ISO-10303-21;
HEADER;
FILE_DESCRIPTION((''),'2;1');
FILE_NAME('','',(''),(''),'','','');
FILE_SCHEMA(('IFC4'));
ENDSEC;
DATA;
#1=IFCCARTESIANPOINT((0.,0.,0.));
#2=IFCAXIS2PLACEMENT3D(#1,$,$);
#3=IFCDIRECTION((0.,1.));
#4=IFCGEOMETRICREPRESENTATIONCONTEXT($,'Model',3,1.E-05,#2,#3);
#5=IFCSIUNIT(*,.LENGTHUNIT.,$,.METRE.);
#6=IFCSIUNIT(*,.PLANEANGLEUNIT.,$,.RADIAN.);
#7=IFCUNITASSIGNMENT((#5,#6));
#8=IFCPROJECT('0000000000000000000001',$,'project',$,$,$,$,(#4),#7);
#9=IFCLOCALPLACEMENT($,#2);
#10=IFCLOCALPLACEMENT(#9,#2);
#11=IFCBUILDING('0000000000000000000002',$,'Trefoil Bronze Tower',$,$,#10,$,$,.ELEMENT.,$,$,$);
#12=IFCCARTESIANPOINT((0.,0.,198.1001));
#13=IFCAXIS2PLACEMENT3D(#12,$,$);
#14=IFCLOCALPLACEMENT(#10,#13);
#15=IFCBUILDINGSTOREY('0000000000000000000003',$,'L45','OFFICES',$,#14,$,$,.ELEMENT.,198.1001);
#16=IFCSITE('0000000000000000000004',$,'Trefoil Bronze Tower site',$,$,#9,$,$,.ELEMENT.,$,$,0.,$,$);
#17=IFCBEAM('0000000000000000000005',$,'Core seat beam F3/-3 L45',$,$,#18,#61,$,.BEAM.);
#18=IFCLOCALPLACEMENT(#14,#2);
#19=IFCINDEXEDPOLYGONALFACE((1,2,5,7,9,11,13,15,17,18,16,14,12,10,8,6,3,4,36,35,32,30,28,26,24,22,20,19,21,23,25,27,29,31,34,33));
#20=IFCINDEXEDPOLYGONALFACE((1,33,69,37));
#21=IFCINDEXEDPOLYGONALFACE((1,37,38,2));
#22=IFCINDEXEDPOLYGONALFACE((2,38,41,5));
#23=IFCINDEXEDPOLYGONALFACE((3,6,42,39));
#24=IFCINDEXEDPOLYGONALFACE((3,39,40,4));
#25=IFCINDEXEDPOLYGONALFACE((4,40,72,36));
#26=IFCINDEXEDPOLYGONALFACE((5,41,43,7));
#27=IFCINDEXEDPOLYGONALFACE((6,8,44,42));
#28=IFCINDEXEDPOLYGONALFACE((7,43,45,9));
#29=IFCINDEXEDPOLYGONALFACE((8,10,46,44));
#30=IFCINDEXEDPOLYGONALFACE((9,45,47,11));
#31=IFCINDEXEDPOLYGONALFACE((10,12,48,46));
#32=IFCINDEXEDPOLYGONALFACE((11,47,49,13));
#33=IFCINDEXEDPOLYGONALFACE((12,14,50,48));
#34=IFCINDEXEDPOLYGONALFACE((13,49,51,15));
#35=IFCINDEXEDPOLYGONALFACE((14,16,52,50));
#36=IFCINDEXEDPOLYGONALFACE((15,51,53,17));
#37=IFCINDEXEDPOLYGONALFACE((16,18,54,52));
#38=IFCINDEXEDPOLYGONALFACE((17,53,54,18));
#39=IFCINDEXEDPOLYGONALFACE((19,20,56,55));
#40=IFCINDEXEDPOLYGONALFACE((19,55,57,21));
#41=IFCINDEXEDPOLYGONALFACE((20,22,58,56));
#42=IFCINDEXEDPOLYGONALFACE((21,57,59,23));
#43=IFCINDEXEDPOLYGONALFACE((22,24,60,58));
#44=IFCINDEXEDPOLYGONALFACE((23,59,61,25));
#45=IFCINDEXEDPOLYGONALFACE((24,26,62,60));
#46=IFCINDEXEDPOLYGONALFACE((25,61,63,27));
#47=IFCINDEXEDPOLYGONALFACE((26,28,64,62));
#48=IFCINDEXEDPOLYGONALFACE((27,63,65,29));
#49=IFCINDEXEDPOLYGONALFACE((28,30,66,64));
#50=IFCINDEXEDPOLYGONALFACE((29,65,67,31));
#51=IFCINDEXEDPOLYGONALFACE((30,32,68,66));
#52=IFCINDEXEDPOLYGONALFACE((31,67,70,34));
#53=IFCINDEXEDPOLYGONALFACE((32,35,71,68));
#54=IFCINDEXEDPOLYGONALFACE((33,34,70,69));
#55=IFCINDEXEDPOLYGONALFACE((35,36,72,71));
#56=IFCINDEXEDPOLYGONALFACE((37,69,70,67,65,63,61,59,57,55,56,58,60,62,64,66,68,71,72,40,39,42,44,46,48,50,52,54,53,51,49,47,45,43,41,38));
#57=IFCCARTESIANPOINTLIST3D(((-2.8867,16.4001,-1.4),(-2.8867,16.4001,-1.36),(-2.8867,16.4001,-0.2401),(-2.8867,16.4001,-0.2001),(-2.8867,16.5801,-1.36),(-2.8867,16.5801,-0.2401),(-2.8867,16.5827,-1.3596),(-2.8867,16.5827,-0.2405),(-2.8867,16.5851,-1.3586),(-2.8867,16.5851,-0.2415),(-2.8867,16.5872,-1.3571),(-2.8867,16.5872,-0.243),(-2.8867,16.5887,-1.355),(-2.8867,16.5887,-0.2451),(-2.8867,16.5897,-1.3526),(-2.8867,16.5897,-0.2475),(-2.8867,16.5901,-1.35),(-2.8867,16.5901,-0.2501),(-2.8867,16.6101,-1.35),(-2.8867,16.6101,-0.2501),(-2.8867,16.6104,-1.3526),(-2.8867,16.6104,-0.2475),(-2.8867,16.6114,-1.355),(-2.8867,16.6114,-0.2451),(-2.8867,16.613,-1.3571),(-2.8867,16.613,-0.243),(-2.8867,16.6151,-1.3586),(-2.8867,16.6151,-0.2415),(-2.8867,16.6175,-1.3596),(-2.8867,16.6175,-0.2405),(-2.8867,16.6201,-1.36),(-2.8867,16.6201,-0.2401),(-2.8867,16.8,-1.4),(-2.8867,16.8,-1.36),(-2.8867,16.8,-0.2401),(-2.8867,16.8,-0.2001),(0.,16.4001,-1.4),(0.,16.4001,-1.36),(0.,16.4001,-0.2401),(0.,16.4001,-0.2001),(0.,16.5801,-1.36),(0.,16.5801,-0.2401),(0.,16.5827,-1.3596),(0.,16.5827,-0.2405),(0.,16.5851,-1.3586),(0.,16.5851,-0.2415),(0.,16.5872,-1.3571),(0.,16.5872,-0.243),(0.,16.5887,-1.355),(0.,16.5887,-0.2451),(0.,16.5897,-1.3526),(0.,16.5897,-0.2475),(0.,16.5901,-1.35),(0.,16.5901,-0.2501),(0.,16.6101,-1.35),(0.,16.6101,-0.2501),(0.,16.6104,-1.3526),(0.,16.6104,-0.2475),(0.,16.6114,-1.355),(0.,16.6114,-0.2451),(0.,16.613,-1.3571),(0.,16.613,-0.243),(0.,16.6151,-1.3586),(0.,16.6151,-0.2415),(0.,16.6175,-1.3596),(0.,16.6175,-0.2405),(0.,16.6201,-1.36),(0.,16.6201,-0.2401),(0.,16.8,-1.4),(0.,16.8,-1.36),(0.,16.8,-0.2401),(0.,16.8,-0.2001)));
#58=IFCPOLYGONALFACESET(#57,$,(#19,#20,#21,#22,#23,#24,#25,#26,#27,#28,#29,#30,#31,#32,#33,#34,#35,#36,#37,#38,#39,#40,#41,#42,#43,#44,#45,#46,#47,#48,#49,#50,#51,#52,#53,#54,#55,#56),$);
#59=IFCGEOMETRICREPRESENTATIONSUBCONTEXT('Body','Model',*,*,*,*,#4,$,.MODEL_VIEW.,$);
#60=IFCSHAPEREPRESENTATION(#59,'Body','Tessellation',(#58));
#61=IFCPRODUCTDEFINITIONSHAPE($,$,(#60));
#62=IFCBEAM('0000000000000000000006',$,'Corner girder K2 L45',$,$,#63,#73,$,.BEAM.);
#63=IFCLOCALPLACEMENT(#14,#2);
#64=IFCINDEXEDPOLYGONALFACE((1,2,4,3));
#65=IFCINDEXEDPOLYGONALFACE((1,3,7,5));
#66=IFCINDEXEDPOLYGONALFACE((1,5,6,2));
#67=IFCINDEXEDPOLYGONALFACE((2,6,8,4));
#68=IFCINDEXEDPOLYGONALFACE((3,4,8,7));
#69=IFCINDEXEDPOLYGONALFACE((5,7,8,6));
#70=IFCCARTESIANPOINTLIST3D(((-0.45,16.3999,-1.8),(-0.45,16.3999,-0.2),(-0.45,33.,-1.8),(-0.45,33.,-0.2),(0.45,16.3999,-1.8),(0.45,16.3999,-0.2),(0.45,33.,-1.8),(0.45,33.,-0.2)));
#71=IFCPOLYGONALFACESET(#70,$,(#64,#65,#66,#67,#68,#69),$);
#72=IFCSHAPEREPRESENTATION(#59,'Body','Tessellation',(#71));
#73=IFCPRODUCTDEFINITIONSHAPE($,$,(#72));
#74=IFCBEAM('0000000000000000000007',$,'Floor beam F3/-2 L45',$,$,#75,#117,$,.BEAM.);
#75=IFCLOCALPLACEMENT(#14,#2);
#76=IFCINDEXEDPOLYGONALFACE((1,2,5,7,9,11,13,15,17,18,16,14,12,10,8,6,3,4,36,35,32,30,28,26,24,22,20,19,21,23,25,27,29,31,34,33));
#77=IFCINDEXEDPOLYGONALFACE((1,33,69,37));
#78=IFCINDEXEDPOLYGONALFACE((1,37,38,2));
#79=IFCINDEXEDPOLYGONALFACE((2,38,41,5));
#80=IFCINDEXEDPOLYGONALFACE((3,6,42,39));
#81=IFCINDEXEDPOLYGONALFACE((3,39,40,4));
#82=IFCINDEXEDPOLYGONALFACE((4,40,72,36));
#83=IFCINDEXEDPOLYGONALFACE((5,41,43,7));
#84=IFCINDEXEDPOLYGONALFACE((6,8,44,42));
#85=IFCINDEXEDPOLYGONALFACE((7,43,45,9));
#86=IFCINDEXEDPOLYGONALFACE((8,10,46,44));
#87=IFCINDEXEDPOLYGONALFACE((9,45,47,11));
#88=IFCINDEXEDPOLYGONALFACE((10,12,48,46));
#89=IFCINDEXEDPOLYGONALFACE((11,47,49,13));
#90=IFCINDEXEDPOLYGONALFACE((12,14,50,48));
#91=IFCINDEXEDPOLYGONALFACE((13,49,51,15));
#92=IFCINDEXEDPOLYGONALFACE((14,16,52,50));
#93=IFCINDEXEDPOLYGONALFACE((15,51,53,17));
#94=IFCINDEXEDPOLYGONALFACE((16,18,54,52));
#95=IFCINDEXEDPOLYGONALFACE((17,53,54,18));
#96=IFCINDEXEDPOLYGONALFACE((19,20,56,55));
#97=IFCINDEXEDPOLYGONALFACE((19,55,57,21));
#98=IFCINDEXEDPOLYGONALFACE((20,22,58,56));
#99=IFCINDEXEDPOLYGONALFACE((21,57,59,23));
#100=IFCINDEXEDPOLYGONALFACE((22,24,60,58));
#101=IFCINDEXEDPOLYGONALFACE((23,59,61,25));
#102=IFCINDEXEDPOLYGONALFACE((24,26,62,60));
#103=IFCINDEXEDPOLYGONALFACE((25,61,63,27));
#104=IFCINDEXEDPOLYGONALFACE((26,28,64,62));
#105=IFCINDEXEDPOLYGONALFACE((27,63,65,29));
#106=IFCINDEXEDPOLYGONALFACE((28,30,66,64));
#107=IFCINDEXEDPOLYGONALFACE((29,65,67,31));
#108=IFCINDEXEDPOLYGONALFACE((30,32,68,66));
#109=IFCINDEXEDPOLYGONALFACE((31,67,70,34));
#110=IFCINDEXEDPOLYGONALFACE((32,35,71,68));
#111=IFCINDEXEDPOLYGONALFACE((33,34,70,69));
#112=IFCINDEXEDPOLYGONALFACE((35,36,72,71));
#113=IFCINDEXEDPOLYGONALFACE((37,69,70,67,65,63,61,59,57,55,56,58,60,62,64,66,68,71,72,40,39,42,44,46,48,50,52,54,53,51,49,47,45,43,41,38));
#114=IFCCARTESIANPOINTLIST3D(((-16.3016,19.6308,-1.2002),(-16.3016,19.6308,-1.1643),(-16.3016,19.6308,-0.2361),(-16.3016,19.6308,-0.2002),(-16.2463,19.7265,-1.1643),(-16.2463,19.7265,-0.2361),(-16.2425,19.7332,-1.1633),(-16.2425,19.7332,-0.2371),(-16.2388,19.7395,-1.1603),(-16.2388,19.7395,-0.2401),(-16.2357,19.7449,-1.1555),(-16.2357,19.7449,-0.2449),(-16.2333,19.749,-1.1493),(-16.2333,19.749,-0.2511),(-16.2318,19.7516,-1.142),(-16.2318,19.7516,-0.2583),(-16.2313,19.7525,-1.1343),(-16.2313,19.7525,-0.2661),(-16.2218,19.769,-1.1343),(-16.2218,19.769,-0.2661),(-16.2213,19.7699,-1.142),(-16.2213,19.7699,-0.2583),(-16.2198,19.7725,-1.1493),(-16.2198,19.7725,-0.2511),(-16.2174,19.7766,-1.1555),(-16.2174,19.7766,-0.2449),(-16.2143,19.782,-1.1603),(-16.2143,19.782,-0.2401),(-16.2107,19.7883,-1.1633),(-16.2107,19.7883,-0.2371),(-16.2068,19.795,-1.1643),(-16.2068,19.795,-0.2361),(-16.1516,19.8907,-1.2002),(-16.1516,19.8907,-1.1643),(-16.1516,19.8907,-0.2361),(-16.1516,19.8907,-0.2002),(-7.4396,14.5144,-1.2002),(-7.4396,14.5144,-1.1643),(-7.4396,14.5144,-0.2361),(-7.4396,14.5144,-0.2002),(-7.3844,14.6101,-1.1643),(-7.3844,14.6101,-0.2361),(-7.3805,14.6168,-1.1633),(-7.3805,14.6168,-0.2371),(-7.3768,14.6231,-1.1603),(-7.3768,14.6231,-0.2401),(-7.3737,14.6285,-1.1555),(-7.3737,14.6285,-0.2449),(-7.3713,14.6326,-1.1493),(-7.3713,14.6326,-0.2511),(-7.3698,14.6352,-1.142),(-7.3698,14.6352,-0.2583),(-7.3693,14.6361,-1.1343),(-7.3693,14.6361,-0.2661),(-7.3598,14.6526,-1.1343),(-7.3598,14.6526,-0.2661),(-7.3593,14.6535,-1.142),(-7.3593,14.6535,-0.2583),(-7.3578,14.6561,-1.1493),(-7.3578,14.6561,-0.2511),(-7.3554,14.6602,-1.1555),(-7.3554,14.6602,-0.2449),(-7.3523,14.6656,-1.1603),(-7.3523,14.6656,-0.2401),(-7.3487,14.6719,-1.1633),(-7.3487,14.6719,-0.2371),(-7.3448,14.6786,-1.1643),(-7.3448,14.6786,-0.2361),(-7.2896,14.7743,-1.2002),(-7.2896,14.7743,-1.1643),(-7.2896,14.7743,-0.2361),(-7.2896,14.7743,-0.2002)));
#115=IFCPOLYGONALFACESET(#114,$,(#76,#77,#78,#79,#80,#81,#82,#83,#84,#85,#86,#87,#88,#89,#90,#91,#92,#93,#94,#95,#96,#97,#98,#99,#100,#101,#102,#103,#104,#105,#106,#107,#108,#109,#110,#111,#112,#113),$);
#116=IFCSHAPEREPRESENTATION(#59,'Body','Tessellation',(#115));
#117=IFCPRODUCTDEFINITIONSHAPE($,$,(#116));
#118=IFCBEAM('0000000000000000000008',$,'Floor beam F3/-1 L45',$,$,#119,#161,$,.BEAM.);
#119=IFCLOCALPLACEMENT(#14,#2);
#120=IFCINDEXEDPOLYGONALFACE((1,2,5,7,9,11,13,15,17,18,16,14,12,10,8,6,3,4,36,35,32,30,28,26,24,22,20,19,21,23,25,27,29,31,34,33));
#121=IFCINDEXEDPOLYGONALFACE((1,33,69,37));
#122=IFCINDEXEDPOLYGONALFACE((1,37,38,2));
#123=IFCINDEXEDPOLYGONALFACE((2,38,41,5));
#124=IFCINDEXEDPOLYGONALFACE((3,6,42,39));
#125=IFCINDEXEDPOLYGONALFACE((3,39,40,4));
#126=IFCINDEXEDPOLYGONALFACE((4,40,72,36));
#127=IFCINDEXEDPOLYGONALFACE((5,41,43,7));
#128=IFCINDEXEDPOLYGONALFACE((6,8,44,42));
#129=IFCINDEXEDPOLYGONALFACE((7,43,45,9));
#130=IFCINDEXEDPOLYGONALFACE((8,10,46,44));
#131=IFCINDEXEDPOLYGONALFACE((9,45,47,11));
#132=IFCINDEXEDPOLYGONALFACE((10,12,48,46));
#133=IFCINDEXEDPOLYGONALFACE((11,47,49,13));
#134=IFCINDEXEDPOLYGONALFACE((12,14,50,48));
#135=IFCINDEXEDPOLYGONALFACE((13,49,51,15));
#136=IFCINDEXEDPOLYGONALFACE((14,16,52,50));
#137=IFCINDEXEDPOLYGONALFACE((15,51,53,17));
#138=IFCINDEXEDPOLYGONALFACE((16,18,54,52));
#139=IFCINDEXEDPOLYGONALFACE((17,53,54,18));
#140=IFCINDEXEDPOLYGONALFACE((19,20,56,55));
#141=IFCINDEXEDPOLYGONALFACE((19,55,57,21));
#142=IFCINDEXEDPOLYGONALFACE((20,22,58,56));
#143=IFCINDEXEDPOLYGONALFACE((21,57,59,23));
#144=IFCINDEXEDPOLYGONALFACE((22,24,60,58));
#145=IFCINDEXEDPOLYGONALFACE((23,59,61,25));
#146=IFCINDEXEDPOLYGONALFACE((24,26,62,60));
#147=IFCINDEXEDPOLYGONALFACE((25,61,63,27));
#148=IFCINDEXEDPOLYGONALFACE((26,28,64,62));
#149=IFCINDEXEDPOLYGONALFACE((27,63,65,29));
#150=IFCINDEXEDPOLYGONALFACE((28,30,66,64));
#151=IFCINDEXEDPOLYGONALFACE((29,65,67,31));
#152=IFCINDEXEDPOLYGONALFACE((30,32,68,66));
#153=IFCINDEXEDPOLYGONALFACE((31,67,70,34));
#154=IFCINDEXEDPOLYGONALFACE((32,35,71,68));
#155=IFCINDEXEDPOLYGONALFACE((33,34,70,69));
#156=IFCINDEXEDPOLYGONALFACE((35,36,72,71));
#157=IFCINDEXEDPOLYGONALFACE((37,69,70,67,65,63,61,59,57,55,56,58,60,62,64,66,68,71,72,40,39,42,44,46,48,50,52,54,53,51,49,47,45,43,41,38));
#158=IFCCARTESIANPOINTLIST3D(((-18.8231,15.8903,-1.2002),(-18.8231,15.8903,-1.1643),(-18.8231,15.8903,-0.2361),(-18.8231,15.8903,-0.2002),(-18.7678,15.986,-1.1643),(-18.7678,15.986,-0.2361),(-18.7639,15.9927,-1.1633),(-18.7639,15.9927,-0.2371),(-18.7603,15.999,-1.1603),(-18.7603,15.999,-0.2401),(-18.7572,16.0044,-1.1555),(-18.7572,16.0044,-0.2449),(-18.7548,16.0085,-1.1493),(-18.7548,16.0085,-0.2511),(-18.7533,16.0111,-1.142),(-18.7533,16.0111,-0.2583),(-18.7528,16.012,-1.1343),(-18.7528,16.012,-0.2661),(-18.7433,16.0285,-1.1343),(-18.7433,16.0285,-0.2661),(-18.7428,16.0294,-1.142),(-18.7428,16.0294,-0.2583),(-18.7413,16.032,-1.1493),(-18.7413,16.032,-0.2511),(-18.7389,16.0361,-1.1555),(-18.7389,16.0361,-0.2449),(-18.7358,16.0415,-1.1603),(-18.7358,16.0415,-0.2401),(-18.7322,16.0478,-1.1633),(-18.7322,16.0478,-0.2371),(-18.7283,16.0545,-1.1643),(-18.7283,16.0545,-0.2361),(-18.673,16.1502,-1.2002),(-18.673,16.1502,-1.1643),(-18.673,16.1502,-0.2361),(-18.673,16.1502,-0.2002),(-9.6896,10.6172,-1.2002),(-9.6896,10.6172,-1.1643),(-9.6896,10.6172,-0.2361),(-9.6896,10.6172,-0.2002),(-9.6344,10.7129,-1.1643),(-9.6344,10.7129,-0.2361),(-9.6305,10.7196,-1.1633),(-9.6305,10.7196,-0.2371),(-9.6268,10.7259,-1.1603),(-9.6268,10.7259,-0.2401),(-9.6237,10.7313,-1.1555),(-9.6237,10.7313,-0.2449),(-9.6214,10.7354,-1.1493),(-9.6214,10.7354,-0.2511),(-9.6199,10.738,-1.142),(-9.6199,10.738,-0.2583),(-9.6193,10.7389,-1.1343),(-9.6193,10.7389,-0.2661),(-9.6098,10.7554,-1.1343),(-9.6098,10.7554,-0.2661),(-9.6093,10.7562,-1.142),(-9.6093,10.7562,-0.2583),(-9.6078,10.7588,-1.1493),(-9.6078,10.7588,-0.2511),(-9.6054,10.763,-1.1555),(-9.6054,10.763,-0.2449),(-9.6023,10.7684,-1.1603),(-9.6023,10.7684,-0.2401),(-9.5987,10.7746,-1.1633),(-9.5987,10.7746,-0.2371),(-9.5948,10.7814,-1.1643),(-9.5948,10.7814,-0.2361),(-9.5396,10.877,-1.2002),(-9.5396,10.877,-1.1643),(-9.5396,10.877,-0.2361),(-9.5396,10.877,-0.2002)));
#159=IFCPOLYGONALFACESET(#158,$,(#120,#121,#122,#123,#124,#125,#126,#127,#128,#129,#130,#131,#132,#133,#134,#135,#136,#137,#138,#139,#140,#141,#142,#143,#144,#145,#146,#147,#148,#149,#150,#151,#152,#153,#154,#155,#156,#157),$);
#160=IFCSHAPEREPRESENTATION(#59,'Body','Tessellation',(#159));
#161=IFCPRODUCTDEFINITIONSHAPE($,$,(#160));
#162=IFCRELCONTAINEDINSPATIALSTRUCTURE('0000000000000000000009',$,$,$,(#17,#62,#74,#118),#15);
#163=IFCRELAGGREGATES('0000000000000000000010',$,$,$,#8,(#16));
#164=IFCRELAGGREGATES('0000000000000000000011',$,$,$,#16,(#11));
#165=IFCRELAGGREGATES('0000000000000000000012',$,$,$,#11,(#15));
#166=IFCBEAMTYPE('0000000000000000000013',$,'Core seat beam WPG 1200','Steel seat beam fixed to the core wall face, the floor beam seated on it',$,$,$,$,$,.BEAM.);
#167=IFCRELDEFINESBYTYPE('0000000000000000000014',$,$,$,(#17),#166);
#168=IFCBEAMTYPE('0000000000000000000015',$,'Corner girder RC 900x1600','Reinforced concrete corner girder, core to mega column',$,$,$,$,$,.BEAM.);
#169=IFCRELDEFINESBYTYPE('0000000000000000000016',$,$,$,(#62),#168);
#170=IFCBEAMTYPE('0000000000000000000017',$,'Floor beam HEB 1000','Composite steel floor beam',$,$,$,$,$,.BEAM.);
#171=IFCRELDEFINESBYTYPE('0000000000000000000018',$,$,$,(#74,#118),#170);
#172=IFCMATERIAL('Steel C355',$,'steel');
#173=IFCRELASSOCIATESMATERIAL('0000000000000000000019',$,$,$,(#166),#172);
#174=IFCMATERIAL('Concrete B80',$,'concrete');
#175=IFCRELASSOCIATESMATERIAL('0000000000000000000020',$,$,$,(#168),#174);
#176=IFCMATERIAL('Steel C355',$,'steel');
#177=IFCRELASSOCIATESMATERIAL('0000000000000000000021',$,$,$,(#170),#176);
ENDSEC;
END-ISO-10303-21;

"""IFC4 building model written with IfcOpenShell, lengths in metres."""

from ifc_helpers import new_model, si_unit, direction, frame, origin, origin_2d, place, context, subcontext, project, spatial, rectangle, i_section, extrude, material, material_profile, profile_set, type_object, element, save


model = new_model("IFC4")

# Units and contexts
model_context = context("Model", 3, precision=1e-05, world=origin(), true_north=direction((0.0, 1.0)))
body_context = subcontext(model_context, "Body", "Model", "MODEL_VIEW")
ifc_project = project(units=[si_unit("LENGTHUNIT", "METRE"), si_unit("PLANEANGLEUNIT", "RADIAN")], contexts=[model_context])

# Site, building, storey
site_placement = place(None, origin())
site = spatial("IfcSite", under=ifc_project, at=site_placement, Name="Trefoil Bronze Tower site", CompositionType="ELEMENT", RefElevation=0.0)
building_placement = place(site_placement, origin())
building = spatial("IfcBuilding", under=site, at=building_placement, Name="Trefoil Bronze Tower", CompositionType="ELEMENT")
storey_placement = place(building_placement, frame((0.0, 0.0, 198.1001)))
storey = spatial("IfcBuildingStorey", under=building, at=storey_placement, Name="L45", Description="OFFICES", CompositionType="ELEMENT", Elevation=198.1001)

# Beams
ifc_material_1 = material(Name="Steel C355", Category="steel")
ifc_material_profile_1 = material_profile(ifc_material_1, i_section(OverallWidth=0.3999, OverallDepth=1.2, WebThickness=0.02, FlangeThickness=0.04, FilletRadius=0.01, at=origin_2d()), Name="WPG 1200")
ifc_profile_set_1 = profile_set([ifc_material_profile_1], Name="Steel C355")
beam_type_1 = type_object("IfcBeamType", Name="Core seat beam WPG 1200", Description="Steel seat beam fixed to the core wall face, the floor beam seated on it", PredefinedType="BEAM", material=ifc_profile_set_1)
beam_1_placement = place(storey_placement, frame((0.0, 16.6001, -0.8), z_axis=(-1.0, 0.0, 0.0), x_axis=(0.0, -1.0, 0.0)))
element("IfcBeam", 1, at=beam_1_placement, inside=storey, type_object=beam_type_1, Name="Core seat beam F3/-3 L45", PredefinedType="BEAM", context=body_context, shape_type="SweptSolid", body=[
    extrude(i_section(OverallWidth=0.3999, OverallDepth=1.2, WebThickness=0.02, FlangeThickness=0.04, FilletRadius=0.01, at=origin_2d()), origin(), (0.0, 0.0, 1.0), 2.8867),
])
ifc_material_2 = material(Name="Concrete B80", Category="concrete")
ifc_material_profile_2 = material_profile(ifc_material_2, rectangle(XDim=0.8999, YDim=1.6001, at=origin_2d()), Name="RC 900x1600")
ifc_profile_set_2 = profile_set([ifc_material_profile_2], Name="Concrete B80")
beam_type_2 = type_object("IfcBeamType", Name="Corner girder RC 900x1600", Description="Reinforced concrete corner girder, core to mega column", PredefinedType="BEAM", material=ifc_profile_set_2)
beam_2_placement = place(storey_placement, frame((0.0, 16.3999, -1.0), z_axis=(0.0, 1.0, 0.0), x_axis=(-1.0, 0.0, 0.0)))
element("IfcBeam", 2, at=beam_2_placement, inside=storey, type_object=beam_type_2, Name="Corner girder K2 L45", PredefinedType="BEAM", context=body_context, shape_type="SweptSolid", body=[
    extrude(rectangle(XDim=0.8999, YDim=1.6001, at=origin_2d()), origin(), (0.0, 0.0, 1.0), 16.6001),
])
ifc_material_3 = material(Name="Steel C355", Category="steel")
ifc_material_profile_3 = material_profile(ifc_material_3, i_section(OverallWidth=0.3, OverallDepth=1.0, WebThickness=0.019, FlangeThickness=0.0359, FilletRadius=0.03, at=origin_2d()), Name="HEB 1000")
ifc_profile_set_3 = profile_set([ifc_material_profile_3], Name="Steel C355")
beam_type_3 = type_object("IfcBeamType", Name="Floor beam HEB 1000", Description="Composite steel floor beam", PredefinedType="BEAM", material=ifc_profile_set_3)
beam_3_placement = place(storey_placement, frame((-16.2266, 19.7607, -0.7002), z_axis=(0.866028, -0.499996, 0.0), x_axis=(0.499996, 0.866028, 0.0)))
element("IfcBeam", 3, at=beam_3_placement, inside=storey, type_object=beam_type_3, Name="Floor beam F3/-2 L45", PredefinedType="BEAM", context=body_context, shape_type="SweptSolid", body=[
    extrude(i_section(OverallWidth=0.3, OverallDepth=1.0, WebThickness=0.019, FlangeThickness=0.0359, FilletRadius=0.03, at=origin_2d()), origin(), (0.0, 0.0, 1.0), 10.2329),
])
beam_4_placement = place(storey_placement, frame((-18.748, 16.0203, -0.7002), z_axis=(0.866028, -0.499996, 0.0), x_axis=(0.499996, 0.866028, 0.0)))
element("IfcBeam", 4, at=beam_4_placement, inside=storey, type_object=beam_type_3, Name="Floor beam F3/-1 L45", PredefinedType="BEAM", context=body_context, shape_type="SweptSolid", body=[
    extrude(i_section(OverallWidth=0.3, OverallDepth=1.0, WebThickness=0.019, FlangeThickness=0.0359, FilletRadius=0.03, at=origin_2d()), origin(), (0.0, 0.0, 1.0), 10.5464),
])

save(model, "model.ifc")
